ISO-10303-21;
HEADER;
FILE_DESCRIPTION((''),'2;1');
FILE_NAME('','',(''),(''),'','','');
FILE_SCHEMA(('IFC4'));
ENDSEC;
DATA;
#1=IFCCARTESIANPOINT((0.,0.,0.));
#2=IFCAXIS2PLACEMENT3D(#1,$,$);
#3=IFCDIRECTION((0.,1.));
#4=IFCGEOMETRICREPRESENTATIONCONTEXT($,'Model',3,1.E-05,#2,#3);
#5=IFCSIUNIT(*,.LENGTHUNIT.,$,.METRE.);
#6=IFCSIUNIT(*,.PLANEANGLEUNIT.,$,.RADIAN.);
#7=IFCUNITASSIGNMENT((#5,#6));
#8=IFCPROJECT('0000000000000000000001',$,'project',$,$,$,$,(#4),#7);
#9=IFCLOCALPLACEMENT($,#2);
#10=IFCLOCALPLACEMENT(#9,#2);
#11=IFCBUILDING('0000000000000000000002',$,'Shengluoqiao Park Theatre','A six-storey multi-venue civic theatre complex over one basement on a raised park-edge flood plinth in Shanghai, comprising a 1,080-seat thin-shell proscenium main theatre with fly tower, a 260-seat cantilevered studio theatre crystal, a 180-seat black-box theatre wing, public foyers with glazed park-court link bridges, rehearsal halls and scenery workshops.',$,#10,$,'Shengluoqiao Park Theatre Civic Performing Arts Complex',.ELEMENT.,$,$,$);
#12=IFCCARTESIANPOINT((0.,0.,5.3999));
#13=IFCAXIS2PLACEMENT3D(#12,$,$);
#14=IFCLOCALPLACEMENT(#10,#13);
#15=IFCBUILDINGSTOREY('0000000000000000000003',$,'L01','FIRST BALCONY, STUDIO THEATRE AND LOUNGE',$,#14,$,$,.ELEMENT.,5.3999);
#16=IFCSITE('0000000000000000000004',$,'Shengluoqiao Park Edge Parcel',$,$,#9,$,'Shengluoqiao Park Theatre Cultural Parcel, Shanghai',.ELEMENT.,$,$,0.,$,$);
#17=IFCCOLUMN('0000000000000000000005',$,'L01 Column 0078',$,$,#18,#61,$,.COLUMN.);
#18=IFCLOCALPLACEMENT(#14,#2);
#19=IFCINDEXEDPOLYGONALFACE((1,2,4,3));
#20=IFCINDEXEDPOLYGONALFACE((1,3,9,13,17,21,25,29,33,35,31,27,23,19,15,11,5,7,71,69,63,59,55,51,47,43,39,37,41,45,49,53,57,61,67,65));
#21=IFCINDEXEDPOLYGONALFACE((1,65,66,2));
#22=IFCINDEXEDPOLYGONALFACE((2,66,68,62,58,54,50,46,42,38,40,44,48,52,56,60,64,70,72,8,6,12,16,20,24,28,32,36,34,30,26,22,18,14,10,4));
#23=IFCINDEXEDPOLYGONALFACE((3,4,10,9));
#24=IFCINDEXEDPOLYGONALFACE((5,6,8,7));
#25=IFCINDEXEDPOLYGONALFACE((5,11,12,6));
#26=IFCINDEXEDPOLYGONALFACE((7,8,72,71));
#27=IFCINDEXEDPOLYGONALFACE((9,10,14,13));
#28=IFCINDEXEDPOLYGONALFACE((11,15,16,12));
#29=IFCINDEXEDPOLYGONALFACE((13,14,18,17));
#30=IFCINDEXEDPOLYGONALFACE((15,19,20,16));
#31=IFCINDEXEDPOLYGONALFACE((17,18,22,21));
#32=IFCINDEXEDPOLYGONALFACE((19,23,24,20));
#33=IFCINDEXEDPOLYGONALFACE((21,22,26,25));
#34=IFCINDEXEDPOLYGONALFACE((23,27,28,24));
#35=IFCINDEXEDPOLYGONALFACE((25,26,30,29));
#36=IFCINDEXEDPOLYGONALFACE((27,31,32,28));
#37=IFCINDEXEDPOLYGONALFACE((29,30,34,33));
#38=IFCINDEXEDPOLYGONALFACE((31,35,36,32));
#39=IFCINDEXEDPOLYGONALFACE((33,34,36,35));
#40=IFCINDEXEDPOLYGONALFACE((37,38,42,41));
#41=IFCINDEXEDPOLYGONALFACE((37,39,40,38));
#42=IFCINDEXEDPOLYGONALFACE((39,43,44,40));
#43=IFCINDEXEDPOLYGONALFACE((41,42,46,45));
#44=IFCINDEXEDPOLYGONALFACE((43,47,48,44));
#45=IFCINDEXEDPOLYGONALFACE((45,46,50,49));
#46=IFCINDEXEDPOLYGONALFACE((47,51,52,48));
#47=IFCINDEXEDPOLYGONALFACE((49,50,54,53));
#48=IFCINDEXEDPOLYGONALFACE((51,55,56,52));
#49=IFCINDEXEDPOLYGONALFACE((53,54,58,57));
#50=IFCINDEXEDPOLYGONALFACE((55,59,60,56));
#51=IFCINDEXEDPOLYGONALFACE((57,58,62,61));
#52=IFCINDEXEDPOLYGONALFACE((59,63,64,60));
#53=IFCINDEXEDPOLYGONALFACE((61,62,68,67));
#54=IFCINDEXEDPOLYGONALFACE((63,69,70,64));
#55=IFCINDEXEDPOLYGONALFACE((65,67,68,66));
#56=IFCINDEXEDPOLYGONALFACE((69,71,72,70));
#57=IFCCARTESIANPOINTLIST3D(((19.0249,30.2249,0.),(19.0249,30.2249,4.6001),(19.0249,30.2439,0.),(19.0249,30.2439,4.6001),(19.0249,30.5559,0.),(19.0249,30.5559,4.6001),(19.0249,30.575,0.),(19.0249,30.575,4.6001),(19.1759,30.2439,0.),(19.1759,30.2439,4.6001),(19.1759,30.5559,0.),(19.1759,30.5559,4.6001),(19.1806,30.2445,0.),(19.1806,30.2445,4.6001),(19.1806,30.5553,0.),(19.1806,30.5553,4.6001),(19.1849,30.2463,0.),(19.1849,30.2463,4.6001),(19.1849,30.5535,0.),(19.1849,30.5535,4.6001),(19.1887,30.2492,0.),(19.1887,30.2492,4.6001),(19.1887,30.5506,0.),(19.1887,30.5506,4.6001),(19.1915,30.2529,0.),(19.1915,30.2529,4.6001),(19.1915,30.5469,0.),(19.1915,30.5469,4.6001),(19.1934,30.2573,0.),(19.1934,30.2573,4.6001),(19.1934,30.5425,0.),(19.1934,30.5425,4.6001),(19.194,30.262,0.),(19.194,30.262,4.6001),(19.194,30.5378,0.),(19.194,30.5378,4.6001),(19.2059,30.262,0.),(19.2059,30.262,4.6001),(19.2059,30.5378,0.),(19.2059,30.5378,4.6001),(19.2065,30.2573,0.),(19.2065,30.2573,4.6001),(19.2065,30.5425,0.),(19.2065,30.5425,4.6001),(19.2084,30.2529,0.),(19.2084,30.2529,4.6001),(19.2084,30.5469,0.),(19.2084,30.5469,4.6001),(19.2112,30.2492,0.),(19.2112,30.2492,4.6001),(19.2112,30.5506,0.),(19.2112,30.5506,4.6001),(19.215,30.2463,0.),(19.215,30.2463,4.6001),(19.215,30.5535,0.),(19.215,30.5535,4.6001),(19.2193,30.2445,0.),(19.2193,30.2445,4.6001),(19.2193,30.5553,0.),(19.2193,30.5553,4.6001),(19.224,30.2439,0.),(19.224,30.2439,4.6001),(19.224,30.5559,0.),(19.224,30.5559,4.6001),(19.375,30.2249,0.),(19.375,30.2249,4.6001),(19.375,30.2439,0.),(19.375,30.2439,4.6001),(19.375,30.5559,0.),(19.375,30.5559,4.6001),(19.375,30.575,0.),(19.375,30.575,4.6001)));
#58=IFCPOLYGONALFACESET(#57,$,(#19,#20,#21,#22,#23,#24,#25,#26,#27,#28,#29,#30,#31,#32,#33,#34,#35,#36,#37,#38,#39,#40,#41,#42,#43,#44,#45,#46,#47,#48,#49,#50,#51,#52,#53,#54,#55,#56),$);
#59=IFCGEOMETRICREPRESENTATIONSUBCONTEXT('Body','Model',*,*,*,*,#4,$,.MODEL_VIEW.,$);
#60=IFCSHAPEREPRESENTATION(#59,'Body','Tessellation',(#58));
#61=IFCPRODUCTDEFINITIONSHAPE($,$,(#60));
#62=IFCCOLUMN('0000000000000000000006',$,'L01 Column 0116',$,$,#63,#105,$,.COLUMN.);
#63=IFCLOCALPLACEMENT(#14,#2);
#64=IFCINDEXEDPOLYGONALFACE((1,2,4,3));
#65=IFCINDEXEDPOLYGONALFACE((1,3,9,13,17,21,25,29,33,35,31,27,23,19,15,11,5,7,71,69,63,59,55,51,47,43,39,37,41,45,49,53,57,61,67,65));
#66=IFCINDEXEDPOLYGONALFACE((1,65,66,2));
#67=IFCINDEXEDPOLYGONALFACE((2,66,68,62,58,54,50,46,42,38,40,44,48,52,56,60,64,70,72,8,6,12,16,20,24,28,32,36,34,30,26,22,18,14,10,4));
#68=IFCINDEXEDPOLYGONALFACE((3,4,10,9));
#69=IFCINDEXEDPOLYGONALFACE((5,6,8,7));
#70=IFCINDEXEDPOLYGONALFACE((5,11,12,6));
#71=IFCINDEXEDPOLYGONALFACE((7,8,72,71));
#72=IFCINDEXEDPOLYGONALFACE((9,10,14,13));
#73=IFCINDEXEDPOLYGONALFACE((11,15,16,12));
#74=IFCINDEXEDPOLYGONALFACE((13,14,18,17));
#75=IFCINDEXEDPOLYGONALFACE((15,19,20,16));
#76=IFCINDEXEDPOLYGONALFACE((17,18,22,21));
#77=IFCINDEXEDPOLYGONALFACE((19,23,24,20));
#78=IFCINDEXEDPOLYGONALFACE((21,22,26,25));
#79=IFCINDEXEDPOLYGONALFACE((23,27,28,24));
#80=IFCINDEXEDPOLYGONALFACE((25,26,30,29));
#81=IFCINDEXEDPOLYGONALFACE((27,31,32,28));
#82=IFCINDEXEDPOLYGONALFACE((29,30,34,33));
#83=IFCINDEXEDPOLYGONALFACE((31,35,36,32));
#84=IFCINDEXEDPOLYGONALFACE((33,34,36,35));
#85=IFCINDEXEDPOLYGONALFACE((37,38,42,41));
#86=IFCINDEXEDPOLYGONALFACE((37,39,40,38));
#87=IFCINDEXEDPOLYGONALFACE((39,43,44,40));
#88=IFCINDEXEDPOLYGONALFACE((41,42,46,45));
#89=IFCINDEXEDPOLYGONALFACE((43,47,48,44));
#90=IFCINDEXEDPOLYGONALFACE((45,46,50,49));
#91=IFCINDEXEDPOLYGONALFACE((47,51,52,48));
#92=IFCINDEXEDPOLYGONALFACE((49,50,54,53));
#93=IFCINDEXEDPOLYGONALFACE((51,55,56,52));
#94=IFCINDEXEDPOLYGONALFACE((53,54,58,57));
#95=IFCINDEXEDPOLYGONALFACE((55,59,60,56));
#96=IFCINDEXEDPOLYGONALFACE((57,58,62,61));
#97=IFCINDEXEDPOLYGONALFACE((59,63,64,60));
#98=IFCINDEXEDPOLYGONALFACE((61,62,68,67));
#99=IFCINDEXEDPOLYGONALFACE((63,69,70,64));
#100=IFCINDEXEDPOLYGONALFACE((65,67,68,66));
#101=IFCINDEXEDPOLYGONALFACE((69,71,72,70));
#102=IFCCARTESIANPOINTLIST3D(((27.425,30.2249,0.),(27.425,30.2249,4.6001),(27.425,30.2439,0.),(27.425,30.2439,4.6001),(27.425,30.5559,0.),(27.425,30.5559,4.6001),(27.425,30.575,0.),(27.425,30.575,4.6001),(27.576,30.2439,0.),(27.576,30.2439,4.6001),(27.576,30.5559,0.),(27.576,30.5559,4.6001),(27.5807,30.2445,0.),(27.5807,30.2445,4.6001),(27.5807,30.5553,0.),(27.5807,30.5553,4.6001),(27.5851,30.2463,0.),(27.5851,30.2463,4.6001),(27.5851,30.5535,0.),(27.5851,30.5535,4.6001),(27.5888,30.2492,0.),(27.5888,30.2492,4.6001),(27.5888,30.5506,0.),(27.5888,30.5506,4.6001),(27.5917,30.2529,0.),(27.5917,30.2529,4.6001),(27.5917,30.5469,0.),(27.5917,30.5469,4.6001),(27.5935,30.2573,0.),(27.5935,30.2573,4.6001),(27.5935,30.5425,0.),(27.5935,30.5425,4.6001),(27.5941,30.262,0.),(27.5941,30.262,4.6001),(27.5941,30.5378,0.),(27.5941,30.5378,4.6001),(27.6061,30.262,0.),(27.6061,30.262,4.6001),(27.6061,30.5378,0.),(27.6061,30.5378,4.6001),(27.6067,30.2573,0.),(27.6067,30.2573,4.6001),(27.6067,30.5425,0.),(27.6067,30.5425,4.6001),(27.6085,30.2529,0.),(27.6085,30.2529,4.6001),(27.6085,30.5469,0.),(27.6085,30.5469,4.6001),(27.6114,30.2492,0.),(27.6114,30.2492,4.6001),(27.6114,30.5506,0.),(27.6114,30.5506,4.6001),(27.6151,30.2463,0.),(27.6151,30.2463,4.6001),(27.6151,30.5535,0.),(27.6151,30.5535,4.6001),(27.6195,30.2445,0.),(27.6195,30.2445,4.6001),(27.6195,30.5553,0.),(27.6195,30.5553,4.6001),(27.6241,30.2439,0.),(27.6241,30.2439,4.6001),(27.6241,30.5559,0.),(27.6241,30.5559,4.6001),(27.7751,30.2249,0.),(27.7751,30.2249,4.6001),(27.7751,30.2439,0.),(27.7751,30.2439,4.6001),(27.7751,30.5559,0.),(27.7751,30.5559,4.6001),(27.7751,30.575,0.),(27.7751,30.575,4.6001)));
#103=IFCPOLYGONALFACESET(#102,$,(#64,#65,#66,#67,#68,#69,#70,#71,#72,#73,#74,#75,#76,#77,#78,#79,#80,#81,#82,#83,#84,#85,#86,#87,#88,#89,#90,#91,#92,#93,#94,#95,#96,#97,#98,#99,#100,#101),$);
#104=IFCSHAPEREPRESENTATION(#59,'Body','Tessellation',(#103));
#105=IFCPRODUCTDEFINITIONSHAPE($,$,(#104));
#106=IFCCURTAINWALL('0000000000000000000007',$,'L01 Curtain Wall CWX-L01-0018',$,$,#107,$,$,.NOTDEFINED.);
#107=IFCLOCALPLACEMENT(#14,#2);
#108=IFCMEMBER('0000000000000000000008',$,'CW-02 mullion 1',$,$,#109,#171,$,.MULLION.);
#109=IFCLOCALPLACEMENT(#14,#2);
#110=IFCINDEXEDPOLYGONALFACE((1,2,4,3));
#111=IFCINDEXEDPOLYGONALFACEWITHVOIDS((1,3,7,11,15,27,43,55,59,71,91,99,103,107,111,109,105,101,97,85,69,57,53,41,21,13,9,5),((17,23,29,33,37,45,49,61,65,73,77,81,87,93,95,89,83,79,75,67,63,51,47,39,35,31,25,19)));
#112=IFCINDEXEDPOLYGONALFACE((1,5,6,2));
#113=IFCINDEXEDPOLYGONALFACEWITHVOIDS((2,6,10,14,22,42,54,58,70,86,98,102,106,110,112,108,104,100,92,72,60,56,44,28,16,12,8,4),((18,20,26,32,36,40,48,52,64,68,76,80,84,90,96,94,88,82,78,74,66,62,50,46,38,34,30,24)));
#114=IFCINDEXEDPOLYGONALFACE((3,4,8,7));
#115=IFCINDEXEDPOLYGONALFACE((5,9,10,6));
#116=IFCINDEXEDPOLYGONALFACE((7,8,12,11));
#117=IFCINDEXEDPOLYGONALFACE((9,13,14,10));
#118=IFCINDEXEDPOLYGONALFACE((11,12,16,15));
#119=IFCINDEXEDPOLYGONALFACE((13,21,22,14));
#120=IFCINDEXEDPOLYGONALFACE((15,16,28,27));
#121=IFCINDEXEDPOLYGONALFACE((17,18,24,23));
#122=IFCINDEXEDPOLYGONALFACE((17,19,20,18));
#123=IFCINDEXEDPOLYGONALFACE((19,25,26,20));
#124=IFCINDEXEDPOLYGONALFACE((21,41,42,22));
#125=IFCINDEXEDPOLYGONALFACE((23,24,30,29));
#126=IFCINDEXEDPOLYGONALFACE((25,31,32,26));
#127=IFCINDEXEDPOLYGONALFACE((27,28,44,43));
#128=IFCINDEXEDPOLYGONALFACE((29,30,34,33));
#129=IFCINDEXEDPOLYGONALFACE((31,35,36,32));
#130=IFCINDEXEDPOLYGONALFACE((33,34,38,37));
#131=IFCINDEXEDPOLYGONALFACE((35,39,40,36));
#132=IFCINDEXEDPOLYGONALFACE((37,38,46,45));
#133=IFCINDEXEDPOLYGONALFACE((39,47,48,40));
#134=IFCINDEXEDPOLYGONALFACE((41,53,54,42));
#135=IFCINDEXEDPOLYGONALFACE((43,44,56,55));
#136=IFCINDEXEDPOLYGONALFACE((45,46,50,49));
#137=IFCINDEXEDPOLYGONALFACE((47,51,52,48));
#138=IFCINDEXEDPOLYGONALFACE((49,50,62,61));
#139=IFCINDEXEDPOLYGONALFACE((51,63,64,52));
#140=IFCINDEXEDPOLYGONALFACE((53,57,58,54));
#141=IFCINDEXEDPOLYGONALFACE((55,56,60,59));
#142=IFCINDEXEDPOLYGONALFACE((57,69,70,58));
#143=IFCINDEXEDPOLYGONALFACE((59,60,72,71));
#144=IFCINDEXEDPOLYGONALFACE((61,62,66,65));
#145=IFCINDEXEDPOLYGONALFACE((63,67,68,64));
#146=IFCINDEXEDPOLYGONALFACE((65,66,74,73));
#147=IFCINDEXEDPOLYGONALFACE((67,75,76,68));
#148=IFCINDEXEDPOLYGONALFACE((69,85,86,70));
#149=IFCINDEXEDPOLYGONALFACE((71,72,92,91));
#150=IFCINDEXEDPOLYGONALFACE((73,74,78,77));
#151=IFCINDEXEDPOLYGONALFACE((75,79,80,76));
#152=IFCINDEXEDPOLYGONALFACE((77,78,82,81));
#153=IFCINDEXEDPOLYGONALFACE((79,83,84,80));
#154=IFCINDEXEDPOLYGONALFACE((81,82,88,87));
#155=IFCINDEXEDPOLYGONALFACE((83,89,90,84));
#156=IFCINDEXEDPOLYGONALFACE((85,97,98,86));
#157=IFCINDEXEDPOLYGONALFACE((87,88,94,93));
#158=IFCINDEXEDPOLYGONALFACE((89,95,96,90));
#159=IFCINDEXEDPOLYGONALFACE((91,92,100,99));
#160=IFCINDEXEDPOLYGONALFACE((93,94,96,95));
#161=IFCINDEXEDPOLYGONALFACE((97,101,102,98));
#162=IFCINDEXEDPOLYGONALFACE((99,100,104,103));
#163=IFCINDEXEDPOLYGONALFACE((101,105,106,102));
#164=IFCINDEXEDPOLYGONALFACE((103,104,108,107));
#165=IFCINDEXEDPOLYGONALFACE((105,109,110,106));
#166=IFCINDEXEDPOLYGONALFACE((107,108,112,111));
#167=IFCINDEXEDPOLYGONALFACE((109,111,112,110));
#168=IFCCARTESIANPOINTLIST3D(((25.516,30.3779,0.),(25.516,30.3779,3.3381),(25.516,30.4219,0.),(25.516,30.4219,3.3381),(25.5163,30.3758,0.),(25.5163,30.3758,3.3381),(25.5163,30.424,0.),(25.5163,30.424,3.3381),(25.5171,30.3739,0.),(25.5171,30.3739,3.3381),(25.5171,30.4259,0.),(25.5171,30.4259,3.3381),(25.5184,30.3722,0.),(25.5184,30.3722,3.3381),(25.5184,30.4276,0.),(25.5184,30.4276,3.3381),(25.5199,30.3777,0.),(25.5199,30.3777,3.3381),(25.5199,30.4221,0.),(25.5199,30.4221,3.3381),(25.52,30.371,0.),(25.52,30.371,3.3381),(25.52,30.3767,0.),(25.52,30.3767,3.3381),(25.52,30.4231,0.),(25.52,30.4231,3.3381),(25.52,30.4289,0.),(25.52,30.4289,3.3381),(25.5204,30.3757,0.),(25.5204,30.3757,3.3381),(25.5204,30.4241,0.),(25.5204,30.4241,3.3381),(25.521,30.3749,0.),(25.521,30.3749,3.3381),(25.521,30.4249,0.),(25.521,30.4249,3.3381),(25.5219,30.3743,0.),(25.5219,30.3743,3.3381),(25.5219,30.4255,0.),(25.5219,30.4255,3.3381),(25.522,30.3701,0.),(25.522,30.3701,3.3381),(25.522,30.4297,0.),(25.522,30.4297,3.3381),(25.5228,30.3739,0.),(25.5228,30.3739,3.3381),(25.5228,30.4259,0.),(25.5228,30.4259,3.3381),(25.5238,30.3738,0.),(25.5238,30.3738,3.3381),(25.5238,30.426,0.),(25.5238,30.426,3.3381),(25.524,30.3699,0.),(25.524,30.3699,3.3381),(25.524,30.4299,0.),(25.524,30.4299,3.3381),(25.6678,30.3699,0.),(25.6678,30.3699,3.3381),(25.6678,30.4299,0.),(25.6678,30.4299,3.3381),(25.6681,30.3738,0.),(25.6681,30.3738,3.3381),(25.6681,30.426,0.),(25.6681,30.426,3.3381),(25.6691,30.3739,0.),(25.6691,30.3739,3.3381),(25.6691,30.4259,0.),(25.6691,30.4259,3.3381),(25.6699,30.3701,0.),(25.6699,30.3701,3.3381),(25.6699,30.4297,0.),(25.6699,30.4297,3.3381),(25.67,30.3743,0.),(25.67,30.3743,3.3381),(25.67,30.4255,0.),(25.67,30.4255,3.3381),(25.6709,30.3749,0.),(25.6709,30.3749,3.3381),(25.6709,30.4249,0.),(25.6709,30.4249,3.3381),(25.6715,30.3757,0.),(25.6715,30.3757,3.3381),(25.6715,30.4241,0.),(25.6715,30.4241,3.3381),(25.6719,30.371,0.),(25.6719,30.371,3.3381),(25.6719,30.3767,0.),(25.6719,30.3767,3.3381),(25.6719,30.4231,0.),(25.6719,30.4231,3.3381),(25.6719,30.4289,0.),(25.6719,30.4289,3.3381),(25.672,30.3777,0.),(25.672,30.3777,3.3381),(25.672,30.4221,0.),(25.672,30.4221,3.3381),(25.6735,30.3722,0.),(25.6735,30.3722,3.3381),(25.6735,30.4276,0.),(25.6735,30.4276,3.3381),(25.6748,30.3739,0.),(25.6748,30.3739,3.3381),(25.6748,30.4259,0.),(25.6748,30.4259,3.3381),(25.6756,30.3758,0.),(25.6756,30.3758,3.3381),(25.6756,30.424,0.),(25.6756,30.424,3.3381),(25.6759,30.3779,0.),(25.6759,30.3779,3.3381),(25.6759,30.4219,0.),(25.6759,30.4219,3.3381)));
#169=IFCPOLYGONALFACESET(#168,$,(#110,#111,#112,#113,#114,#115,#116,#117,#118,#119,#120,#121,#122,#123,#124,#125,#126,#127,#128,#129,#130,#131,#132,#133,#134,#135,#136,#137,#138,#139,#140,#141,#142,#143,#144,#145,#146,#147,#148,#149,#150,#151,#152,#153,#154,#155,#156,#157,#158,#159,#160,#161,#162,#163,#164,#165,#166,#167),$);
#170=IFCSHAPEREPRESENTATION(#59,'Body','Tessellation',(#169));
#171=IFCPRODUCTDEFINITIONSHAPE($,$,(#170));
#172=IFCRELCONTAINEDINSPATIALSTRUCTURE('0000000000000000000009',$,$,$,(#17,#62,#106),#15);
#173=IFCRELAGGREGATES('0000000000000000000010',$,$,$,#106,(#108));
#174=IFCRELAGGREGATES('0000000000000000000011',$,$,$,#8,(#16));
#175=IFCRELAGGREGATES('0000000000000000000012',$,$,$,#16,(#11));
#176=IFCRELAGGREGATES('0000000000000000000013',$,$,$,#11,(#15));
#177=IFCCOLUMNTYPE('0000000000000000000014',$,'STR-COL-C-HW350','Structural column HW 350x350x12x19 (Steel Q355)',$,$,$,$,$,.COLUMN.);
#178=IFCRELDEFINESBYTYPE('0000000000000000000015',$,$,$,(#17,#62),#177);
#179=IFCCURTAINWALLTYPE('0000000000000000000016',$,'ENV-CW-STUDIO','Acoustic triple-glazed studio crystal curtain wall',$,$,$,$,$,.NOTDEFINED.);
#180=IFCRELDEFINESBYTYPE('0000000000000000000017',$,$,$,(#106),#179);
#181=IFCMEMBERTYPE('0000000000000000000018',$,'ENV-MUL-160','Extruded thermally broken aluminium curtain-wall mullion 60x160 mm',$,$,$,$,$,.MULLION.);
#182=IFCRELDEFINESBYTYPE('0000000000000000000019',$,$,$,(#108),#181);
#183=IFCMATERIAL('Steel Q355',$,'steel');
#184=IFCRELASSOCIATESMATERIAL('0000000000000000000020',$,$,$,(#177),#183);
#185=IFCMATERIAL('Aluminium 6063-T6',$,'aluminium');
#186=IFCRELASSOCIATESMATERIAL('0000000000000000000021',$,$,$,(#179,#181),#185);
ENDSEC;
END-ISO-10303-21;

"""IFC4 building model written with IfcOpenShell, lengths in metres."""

from ifc_helpers import new_model, si_unit, direction, frame, origin, origin_2d, place, context, subcontext, project, spatial, hollow_rectangle, i_section, extrude, material, material_profile, profile_set, type_object, element, aggregate, save


model = new_model("IFC4")

# Units and contexts
model_context = context("Model", 3, precision=1e-05, world=origin(), true_north=direction((0.0, 1.0)))
body_context = subcontext(model_context, "Body", "Model", "MODEL_VIEW")
ifc_project = project(units=[si_unit("LENGTHUNIT", "METRE"), si_unit("PLANEANGLEUNIT", "RADIAN")], contexts=[model_context])

# Site, building, storey
site_placement = place(None, origin())
site = spatial("IfcSite", under=ifc_project, at=site_placement, Name="Shengluoqiao Park Edge Parcel", LongName="Shengluoqiao Park Theatre Cultural Parcel, Shanghai", CompositionType="ELEMENT", RefElevation=0.0)
building_placement = place(site_placement, origin())
building = spatial("IfcBuilding", under=site, at=building_placement, Name="Shengluoqiao Park Theatre", Description="A six-storey multi-venue civic theatre complex over one basement on a raised park-edge flood plinth in Shanghai, comprising a 1,080-seat thin-shell proscenium main theatre with fly tower, a 260-seat cantilevered studio theatre crystal, a 180-seat black-box theatre wing, public foyers with glazed park-court link bridges, rehearsal halls and scenery workshops.", LongName="Shengluoqiao Park Theatre Civic Performing Arts Complex", CompositionType="ELEMENT")
storey_placement = place(building_placement, frame((0.0, 0.0, 5.3999)))
storey = spatial("IfcBuildingStorey", under=building, at=storey_placement, Name="L01", Description="FIRST BALCONY, STUDIO THEATRE AND LOUNGE", CompositionType="ELEMENT", Elevation=5.3999)

# Columns
ifc_material_1 = material(Name="Steel Q355", Category="steel")
ifc_material_profile_1 = material_profile(ifc_material_1, i_section(OverallWidth=0.3501, OverallDepth=0.3501, WebThickness=0.012, FlangeThickness=0.019, FilletRadius=0.0181, at=origin_2d()), Name="HW 350x350x12x19")
ifc_profile_set_1 = profile_set([ifc_material_profile_1], Name="Steel Q355")
column_type = type_object("IfcColumnType", Name="STR-COL-C-HW350", Description="Structural column HW 350x350x12x19 (Steel Q355)", PredefinedType="COLUMN", material=ifc_profile_set_1)
for number, where, z_axis, x_axis, name in (
    (1, (19.2, 30.3999, 0.0), (0.0, 0.0, 1.0), (1.0, 0.0, 0.0), "L01 Column 0078"),
    (2, (27.6001, 30.3999, 0.0), (0.0, 0.0, 1.0), (1.0, 0.0, 0.0), "L01 Column 0116"),
):
    element("IfcColumn", number, at=place(storey_placement, frame(where, z_axis=z_axis, x_axis=x_axis)), inside=storey, type_object=column_type, Name=name, PredefinedType="COLUMN", context=body_context, shape_type="SweptSolid", body=[
        extrude(i_section(OverallWidth=0.3501, OverallDepth=0.3501, WebThickness=0.012, FlangeThickness=0.019, FilletRadius=0.0181, at=origin_2d()), origin(), (0.0, 0.0, 1.0), 4.6001),
    ])

# Curtain wall, member
ifc_material_2 = material(Name="Aluminium 6063-T6", Category="aluminium")
curtain_wall_type_1 = type_object("IfcCurtainWallType", Name="ENV-CW-STUDIO", Description="Acoustic triple-glazed studio crystal curtain wall", PredefinedType="NOTDEFINED", material=ifc_material_2)
curtain_wall_1_placement = place(storey_placement, origin())
curtain_wall_1 = element("IfcCurtainWall", 3, at=curtain_wall_1_placement, inside=storey, type_object=curtain_wall_type_1, Name="L01 Curtain Wall CWX-L01-0018", PredefinedType="NOTDEFINED")
ifc_material_profile_2 = material_profile(ifc_material_2, hollow_rectangle(XDim=0.0601, YDim=0.1599, WallThickness=0.0039, InnerFilletRadius=0.0039, OuterFilletRadius=0.0081, at=origin_2d()), Name="ALU MULLION 160x60x4")
ifc_profile_set_2 = profile_set([ifc_material_profile_2], Name="Aluminium 6063-T6")
member_type_1 = type_object("IfcMemberType", Name="ENV-MUL-160", Description="Extruded thermally broken aluminium curtain-wall mullion 60x160 mm", PredefinedType="MULLION", material=ifc_profile_set_2)
member_1_placement = place(storey_placement, frame((25.5959, 30.3999, 0.0), z_axis=(0.0, 0.0, 1.0), x_axis=(0.0, 1.0, 0.0)))
member_1 = element("IfcMember", 4, at=member_1_placement, type_object=member_type_1, Name="CW-02 mullion 1", PredefinedType="MULLION", context=body_context, shape_type="SweptSolid", body=[
    extrude(hollow_rectangle(XDim=0.0601, YDim=0.1599, WallThickness=0.0039, InnerFilletRadius=0.0039, OuterFilletRadius=0.0081, at=origin_2d()), origin(), (0.0, 0.0, 1.0), 3.3381),
])

aggregate(curtain_wall_1, [member_1])

save(model, "model.ifc")
